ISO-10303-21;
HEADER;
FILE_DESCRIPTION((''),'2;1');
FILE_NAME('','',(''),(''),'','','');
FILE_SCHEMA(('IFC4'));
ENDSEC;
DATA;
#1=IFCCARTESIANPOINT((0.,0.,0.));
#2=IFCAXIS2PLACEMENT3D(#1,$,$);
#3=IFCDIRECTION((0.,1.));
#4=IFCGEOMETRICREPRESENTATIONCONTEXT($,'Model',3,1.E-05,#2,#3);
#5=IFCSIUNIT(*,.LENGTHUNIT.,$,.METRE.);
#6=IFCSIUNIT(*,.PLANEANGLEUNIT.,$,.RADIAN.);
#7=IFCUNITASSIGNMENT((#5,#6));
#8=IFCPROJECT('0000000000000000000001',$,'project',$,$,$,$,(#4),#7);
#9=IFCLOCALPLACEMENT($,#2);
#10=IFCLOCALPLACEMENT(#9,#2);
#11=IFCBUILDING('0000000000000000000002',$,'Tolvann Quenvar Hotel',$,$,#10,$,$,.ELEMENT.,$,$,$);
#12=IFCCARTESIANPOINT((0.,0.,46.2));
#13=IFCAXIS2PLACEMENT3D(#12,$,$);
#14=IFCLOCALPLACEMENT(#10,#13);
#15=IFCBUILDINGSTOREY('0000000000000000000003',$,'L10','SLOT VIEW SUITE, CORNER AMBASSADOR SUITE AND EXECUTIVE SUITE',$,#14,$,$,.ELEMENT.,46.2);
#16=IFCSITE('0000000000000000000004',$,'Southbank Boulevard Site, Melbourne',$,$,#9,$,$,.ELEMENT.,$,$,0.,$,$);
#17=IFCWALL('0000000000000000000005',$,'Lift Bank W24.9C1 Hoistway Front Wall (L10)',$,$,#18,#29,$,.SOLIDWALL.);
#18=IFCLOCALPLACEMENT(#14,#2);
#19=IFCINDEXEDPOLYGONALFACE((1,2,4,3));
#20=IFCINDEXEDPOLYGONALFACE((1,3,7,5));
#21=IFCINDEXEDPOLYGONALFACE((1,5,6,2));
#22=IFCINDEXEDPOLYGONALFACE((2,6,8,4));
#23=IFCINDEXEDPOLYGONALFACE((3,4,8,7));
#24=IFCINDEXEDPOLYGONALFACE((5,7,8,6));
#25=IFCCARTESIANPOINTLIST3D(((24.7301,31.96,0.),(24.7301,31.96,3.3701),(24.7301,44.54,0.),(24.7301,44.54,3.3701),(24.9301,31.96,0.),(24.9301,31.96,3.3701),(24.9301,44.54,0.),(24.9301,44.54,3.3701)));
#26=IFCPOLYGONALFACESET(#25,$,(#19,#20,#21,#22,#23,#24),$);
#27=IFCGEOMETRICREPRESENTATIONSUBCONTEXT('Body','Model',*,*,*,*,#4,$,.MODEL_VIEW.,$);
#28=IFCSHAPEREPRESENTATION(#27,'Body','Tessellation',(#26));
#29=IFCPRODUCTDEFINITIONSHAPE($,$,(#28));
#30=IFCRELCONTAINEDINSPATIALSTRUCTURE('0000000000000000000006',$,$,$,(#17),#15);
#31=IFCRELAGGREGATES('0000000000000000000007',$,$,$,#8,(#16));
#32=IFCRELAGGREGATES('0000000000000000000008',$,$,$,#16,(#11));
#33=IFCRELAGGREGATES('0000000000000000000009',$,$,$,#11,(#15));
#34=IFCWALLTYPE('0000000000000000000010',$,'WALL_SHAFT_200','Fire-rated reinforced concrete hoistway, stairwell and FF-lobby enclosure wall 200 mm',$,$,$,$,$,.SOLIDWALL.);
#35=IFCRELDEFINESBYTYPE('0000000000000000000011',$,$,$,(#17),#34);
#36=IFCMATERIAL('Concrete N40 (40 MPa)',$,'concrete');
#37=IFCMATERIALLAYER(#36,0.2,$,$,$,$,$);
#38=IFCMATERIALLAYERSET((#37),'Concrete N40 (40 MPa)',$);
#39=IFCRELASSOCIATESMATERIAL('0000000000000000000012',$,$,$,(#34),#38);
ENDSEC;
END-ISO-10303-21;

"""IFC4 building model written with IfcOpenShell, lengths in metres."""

from ifc_helpers import new_model, si_unit, direction, frame, frame_2d, origin, place, context, subcontext, project, spatial, rectangle, extrude, material, layer, layer_set, type_object, element, save


model = new_model("IFC4")

# Units and contexts
model_context = context("Model", 3, precision=1e-05, world=origin(), true_north=direction((0.0, 1.0)))
body_context = subcontext(model_context, "Body", "Model", "MODEL_VIEW")
ifc_project = project(units=[si_unit("LENGTHUNIT", "METRE"), si_unit("PLANEANGLEUNIT", "RADIAN")], contexts=[model_context])

# Site, building, storey
site_placement = place(None, origin())
site = spatial("IfcSite", under=ifc_project, at=site_placement, Name="Southbank Boulevard Site, Melbourne", CompositionType="ELEMENT", RefElevation=0.0)
building_placement = place(site_placement, origin())
building = spatial("IfcBuilding", under=site, at=building_placement, Name="Tolvann Quenvar Hotel", CompositionType="ELEMENT")
storey_placement = place(building_placement, frame((0.0, 0.0, 46.2)))
storey = spatial("IfcBuildingStorey", under=building, at=storey_placement, Name="L10", Description="SLOT VIEW SUITE, CORNER AMBASSADOR SUITE AND EXECUTIVE SUITE", CompositionType="ELEMENT", Elevation=46.2)

# Wall
ifc_material_1 = material(Name="Concrete N40 (40 MPa)", Category="concrete")
ifc_layer_1 = layer(ifc_material_1, 0.2)
ifc_layer_set_1 = layer_set([ifc_layer_1], Name="Concrete N40 (40 MPa)")
wall_type_1 = type_object("IfcWallType", Name="WALL_SHAFT_200", Description="Fire-rated reinforced concrete hoistway, stairwell and FF-lobby enclosure wall 200 mm", PredefinedType="SOLIDWALL", material=ifc_layer_set_1)
wall_1_placement = place(storey_placement, frame((24.8301, 31.96, 0.0), z_axis=(0.0, 0.0, 1.0), x_axis=(0.0, 1.0, 0.0)))
element("IfcWall", 1, at=wall_1_placement, inside=storey, type_object=wall_type_1, Name="Lift Bank W24.9C1 Hoistway Front Wall (L10)", PredefinedType="SOLIDWALL", context=body_context, shape_type="SweptSolid", body=[
    extrude(rectangle(XDim=12.5801, YDim=0.2, at=frame_2d((6.29, 0.0))), origin(), (0.0, 0.0, 1.0), 3.3701),
])

save(model, "model.ifc")
